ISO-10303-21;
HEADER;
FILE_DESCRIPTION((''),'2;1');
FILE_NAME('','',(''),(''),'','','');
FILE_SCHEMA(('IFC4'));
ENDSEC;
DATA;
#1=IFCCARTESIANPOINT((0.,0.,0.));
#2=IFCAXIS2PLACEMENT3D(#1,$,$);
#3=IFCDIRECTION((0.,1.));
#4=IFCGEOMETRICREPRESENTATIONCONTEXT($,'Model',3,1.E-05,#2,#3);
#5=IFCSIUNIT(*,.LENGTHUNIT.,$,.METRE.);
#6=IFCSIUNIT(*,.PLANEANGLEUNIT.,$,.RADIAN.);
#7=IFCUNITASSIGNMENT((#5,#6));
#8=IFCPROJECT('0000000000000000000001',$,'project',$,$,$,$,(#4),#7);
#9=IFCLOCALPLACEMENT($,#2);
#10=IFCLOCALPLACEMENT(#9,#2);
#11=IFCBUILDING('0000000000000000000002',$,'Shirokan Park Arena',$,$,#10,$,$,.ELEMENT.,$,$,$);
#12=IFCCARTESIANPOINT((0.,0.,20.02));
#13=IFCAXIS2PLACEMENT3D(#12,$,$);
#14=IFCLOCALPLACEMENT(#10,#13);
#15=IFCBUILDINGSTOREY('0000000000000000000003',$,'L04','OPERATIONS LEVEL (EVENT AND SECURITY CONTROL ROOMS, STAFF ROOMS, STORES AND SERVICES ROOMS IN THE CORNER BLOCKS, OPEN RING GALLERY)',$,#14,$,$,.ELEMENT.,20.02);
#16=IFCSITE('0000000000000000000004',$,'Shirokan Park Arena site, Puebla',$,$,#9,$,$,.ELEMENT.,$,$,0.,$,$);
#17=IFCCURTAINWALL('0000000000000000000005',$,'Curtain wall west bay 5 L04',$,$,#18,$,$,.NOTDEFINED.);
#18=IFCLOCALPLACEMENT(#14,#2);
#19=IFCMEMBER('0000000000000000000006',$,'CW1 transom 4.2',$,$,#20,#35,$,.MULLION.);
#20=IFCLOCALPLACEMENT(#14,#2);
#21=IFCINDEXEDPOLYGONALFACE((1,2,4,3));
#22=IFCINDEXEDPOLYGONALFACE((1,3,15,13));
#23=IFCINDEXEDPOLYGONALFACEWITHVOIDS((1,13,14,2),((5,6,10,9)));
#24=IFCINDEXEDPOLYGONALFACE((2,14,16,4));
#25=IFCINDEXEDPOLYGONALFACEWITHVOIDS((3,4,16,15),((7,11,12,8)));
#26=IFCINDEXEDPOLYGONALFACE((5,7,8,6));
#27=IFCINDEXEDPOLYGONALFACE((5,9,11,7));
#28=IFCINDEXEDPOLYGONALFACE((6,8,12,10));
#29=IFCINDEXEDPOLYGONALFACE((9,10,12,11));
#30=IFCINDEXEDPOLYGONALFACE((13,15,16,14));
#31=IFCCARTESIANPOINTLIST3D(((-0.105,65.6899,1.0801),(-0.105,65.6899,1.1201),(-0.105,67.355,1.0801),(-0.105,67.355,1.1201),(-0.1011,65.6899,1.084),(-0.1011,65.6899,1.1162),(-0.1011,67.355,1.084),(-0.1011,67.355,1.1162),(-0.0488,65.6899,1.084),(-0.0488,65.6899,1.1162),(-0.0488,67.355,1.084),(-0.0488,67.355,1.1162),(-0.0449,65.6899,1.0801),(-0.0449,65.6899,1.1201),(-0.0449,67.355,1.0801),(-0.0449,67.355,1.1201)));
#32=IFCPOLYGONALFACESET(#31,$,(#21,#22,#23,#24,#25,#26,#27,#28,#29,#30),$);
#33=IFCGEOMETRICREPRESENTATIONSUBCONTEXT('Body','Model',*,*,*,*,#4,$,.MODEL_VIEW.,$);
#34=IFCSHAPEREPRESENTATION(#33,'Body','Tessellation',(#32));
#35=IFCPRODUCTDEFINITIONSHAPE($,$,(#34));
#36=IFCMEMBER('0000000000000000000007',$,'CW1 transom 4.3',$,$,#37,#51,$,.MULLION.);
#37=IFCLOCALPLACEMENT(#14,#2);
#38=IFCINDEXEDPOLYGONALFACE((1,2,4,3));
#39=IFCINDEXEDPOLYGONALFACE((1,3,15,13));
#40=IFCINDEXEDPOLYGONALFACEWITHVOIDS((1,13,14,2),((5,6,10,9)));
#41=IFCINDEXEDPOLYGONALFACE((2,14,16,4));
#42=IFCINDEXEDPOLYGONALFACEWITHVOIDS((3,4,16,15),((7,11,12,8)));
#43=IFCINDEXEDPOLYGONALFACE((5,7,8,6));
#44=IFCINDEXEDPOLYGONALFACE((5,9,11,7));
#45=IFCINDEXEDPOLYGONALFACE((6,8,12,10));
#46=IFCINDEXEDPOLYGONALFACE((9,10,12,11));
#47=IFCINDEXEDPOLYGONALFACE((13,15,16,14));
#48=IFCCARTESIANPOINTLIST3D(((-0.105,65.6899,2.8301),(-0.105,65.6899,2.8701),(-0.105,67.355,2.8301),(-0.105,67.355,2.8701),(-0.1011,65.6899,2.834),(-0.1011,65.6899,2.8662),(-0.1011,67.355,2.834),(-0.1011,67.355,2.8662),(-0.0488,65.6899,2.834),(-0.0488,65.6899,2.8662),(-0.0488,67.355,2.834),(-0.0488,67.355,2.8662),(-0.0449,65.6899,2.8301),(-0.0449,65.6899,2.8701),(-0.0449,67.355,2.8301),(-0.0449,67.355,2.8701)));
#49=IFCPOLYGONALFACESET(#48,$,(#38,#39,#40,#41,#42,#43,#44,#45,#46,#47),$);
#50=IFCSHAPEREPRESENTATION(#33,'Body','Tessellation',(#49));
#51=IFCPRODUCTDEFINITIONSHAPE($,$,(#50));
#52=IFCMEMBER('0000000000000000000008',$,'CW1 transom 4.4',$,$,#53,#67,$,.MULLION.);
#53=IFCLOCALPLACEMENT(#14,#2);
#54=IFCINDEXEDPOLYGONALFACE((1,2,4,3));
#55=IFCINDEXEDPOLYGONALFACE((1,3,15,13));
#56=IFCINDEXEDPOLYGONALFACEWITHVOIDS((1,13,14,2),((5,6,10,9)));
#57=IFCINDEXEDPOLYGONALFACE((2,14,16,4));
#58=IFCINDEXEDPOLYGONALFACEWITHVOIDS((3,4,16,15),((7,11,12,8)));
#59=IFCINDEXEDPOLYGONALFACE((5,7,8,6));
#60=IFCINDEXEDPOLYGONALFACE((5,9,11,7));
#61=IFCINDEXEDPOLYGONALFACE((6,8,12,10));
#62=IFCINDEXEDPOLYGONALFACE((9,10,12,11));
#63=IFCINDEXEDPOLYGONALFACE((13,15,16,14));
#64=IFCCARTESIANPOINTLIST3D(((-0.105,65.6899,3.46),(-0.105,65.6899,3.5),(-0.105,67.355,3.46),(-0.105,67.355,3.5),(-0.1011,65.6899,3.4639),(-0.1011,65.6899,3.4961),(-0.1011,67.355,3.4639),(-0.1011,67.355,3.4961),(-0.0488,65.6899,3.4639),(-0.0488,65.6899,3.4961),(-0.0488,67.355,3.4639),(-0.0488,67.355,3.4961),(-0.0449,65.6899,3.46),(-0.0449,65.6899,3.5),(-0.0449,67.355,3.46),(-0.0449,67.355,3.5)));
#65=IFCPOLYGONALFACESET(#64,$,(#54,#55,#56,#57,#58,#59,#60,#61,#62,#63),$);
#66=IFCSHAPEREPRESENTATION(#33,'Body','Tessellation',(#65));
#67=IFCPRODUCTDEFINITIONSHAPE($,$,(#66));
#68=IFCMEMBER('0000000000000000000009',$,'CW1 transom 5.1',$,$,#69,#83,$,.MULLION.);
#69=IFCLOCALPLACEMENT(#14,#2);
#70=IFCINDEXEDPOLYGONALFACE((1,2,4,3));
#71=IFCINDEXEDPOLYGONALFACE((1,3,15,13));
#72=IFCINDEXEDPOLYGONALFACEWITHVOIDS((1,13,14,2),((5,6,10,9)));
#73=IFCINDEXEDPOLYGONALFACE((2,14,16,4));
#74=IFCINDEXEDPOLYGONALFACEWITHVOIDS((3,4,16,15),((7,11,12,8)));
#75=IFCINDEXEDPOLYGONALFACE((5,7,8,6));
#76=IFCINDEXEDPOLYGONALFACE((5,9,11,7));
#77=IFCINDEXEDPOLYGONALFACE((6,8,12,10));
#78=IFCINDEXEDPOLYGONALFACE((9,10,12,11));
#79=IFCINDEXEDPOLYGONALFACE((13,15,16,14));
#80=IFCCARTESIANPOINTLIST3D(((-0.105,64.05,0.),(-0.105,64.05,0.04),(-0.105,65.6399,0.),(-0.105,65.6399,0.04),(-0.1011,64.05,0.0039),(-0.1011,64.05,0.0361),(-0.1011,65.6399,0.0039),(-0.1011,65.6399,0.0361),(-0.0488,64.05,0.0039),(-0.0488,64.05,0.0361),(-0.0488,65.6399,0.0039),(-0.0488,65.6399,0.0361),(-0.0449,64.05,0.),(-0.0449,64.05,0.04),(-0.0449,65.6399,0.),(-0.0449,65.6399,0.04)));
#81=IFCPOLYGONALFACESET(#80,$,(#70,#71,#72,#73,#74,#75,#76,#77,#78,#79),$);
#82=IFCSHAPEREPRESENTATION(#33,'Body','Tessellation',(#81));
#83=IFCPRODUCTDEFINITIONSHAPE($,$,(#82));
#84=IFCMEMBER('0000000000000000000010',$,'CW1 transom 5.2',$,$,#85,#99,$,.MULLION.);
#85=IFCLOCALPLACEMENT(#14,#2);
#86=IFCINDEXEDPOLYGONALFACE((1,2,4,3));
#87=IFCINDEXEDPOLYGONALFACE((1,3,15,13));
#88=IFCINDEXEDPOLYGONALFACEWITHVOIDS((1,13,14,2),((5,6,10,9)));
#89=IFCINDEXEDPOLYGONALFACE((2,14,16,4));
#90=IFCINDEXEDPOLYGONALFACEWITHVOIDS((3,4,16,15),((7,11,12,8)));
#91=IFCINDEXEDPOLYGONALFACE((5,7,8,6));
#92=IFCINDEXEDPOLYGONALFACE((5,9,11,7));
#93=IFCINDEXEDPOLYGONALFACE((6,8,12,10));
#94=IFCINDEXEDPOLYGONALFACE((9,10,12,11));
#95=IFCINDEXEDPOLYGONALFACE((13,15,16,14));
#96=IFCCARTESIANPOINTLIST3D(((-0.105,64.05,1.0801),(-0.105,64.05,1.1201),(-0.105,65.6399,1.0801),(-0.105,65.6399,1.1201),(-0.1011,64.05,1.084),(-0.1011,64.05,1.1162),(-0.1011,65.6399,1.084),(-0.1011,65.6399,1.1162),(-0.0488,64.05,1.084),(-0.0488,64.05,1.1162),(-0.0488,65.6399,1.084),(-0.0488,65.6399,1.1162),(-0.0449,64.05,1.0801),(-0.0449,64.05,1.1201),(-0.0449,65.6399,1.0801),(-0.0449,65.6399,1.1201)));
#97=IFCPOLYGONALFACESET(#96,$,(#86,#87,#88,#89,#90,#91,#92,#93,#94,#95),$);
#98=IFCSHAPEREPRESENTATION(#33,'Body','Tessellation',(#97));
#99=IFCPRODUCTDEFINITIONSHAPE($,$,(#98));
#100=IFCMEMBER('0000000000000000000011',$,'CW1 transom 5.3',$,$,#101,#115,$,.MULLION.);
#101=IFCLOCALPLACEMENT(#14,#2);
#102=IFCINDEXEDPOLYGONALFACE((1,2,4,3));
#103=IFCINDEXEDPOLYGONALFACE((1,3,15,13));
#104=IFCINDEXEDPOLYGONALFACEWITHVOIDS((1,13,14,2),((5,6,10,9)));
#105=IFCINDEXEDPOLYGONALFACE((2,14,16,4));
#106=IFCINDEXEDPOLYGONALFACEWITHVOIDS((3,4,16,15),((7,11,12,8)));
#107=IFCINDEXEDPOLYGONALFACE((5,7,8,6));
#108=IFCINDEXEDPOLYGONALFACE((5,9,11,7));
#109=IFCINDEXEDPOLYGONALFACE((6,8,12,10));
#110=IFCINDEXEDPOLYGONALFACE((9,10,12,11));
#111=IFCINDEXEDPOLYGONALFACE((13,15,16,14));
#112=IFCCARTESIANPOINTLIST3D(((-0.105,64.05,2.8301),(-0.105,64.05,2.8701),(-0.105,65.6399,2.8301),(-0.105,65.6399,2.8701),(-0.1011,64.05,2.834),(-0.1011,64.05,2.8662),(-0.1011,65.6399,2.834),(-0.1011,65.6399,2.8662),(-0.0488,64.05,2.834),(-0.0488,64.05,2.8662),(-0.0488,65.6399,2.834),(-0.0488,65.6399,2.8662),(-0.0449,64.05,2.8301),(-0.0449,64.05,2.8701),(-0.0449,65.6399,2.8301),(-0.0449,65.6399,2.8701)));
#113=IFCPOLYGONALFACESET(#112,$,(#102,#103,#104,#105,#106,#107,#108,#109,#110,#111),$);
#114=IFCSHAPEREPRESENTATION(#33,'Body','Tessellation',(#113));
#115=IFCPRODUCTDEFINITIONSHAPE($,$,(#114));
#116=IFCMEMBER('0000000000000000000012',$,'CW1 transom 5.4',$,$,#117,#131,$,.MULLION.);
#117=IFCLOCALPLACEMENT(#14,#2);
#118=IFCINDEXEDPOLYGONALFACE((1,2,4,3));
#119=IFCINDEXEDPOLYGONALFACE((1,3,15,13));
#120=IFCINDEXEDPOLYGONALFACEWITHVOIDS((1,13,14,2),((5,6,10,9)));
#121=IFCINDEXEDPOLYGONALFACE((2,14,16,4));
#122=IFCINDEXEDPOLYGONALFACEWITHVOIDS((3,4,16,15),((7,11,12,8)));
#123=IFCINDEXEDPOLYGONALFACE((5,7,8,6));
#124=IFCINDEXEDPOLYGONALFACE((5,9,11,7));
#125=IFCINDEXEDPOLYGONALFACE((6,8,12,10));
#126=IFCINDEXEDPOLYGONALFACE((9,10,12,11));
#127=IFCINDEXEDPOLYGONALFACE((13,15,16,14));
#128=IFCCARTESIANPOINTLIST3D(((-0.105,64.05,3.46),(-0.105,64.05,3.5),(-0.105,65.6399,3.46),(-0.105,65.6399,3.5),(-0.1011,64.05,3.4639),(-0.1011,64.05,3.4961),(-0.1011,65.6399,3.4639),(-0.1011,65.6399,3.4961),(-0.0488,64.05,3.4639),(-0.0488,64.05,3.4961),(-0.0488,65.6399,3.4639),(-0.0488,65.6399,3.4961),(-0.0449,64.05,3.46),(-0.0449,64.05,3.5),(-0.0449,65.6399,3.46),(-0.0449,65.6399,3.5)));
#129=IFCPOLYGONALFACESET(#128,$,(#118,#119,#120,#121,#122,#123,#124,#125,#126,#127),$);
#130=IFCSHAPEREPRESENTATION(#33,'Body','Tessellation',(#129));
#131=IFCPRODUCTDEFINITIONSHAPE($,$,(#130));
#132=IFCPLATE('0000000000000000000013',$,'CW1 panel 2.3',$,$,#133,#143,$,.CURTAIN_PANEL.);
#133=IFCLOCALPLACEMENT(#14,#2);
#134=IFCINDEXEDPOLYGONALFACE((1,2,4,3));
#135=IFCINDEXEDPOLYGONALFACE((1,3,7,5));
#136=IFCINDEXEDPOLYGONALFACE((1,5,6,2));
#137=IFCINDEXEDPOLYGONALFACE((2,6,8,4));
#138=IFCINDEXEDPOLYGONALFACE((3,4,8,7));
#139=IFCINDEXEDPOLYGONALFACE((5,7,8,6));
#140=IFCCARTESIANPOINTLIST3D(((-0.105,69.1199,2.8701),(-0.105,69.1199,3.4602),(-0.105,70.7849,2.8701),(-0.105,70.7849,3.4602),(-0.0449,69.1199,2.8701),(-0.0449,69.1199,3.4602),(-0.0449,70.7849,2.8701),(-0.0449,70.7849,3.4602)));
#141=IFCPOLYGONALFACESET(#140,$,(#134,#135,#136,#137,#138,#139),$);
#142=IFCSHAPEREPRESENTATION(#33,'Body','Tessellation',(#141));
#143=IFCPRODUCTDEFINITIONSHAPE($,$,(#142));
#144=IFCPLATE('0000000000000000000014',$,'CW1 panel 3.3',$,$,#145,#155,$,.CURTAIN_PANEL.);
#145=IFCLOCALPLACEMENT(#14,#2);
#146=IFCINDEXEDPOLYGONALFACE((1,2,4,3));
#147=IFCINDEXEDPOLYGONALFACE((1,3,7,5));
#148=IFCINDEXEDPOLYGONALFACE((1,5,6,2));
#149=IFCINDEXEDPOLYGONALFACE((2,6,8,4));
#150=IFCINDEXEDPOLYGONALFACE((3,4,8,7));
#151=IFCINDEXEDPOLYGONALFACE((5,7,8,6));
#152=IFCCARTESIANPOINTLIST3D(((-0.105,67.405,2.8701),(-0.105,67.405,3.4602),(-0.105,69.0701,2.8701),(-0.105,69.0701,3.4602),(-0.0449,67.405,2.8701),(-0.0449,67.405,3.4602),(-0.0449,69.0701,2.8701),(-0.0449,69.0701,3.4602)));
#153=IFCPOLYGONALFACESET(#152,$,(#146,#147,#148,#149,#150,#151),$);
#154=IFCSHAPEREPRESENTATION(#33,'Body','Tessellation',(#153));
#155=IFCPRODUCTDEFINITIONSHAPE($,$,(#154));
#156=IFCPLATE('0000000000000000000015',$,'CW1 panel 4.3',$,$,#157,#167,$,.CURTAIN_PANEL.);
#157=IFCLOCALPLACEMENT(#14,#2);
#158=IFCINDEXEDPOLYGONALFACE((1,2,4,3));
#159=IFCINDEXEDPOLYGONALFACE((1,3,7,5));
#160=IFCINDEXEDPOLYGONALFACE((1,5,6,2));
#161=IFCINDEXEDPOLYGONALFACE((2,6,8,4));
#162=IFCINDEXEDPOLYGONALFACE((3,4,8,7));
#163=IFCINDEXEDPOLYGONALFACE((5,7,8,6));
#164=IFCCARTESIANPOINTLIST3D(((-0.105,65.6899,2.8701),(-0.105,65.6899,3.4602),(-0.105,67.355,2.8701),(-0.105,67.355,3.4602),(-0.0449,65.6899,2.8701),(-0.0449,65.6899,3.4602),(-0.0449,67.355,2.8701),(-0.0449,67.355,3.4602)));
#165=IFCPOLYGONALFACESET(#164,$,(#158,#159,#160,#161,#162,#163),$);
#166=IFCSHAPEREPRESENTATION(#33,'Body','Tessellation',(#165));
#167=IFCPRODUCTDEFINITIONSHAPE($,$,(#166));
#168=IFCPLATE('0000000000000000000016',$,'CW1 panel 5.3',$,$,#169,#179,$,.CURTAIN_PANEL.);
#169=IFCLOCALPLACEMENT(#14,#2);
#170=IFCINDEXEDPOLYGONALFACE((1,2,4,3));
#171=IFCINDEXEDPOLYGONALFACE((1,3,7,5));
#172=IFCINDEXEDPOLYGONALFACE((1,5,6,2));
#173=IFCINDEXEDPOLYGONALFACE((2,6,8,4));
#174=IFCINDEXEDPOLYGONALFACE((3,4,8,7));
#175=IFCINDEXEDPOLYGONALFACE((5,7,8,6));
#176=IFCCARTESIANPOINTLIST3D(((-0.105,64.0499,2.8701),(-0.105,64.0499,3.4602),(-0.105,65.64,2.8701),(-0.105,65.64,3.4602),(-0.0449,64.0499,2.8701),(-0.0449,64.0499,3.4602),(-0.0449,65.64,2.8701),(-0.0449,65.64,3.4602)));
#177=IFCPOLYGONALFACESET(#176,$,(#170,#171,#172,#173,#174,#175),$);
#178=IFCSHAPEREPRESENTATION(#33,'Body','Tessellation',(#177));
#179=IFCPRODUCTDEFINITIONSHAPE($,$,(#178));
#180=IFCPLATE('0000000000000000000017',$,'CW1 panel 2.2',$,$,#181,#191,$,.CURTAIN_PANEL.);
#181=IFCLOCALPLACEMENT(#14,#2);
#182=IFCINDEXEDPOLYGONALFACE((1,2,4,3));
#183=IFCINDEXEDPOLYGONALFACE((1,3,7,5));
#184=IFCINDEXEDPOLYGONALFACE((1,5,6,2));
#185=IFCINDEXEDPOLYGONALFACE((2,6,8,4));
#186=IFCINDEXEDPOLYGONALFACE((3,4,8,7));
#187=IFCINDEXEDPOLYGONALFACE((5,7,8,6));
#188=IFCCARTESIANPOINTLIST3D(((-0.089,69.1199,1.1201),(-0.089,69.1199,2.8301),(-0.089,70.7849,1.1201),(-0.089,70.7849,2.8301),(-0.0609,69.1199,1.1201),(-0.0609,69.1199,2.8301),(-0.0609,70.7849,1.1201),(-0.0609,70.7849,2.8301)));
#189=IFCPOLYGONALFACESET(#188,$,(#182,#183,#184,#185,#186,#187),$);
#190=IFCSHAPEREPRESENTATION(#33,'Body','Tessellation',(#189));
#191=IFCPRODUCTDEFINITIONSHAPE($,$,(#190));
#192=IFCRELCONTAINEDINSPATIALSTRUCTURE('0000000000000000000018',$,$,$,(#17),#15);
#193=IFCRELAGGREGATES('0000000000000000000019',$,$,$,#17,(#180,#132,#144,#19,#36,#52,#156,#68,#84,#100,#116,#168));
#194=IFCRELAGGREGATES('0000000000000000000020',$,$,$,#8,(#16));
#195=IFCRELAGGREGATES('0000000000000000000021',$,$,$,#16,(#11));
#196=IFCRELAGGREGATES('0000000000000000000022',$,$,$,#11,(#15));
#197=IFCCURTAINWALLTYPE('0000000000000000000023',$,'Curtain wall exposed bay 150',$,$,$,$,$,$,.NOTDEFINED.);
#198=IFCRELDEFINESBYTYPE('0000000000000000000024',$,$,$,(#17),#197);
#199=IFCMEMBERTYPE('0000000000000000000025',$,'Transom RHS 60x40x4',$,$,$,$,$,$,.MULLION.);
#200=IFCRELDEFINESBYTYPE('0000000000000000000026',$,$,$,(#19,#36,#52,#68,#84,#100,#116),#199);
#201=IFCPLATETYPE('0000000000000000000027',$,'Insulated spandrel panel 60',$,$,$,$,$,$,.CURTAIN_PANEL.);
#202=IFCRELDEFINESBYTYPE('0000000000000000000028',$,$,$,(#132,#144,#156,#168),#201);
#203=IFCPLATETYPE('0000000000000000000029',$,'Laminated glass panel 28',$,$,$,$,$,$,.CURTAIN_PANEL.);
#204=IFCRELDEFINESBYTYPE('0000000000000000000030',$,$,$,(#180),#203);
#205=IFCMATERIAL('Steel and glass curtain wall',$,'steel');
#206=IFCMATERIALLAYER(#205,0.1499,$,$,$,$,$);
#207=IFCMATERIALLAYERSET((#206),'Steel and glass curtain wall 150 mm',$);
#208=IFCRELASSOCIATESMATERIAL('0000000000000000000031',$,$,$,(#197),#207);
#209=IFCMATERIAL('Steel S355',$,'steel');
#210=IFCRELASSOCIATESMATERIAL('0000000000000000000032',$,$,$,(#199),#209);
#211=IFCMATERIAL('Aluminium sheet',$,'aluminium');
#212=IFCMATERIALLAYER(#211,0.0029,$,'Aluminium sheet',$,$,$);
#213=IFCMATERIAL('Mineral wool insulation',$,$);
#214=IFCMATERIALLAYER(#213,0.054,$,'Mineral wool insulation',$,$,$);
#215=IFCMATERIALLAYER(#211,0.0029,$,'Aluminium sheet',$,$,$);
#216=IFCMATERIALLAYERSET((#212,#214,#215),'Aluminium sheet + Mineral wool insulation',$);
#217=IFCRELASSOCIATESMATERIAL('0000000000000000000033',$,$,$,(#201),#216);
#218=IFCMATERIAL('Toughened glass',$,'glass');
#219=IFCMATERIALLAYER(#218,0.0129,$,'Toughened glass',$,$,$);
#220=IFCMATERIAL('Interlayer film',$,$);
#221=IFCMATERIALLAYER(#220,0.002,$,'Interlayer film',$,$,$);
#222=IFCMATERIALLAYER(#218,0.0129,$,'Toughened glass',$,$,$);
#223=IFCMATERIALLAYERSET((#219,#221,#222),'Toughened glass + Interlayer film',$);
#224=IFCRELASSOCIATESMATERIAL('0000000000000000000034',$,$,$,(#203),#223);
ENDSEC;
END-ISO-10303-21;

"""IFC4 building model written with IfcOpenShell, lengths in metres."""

from ifc_helpers import new_model, si_unit, direction, frame, origin, origin_2d, place, context, subcontext, project, spatial, rectangle, hollow_rectangle, extrude, material, layer, layer_set, material_profile, profile_set, type_object, element, aggregate, save


model = new_model("IFC4")

# Units and contexts
model_context = context("Model", 3, precision=1e-05, world=origin(), true_north=direction((0.0, 1.0)))
body_context = subcontext(model_context, "Body", "Model", "MODEL_VIEW")
ifc_project = project(units=[si_unit("LENGTHUNIT", "METRE"), si_unit("PLANEANGLEUNIT", "RADIAN")], contexts=[model_context])

# Site, building, storey
site_placement = place(None, origin())
site = spatial("IfcSite", under=ifc_project, at=site_placement, Name="Shirokan Park Arena site, Puebla", CompositionType="ELEMENT", RefElevation=0.0)
building_placement = place(site_placement, origin())
building = spatial("IfcBuilding", under=site, at=building_placement, Name="Shirokan Park Arena", CompositionType="ELEMENT")
storey_placement = place(building_placement, frame((0.0, 0.0, 20.02)))
storey = spatial("IfcBuildingStorey", under=building, at=storey_placement, Name="L04", Description="OPERATIONS LEVEL (EVENT AND SECURITY CONTROL ROOMS, STAFF ROOMS, STORES AND SERVICES ROOMS IN THE CORNER BLOCKS, OPEN RING GALLERY)", CompositionType="ELEMENT", Elevation=20.02)

# Shared definitions
ifc_material_1 = material(Name="Steel and glass curtain wall", Category="steel")
ifc_material_2 = material(Name="Steel S355", Category="steel")

# Curtain wall, members, plates
ifc_layer_1 = layer(ifc_material_1, 0.1499)
ifc_layer_set_1 = layer_set([ifc_layer_1], Name="Steel and glass curtain wall 150 mm")
curtain_wall_type_1 = type_object("IfcCurtainWallType", Name="Curtain wall exposed bay 150", PredefinedType="NOTDEFINED", material=ifc_layer_set_1)
curtain_wall_1_placement = place(storey_placement, origin())
curtain_wall_1 = element("IfcCurtainWall", 1, at=curtain_wall_1_placement, inside=storey, type_object=curtain_wall_type_1, Name="Curtain wall west bay 5 L04", PredefinedType="NOTDEFINED")
ifc_material_profile_1 = material_profile(ifc_material_2, hollow_rectangle(XDim=0.0601, YDim=0.04, WallThickness=0.0039, at=origin_2d()), Name="RHS 60x40x4")
ifc_profile_set_1 = profile_set([ifc_material_profile_1], Name="Steel S355")
member_type_1 = type_object("IfcMemberType", Name="Transom RHS 60x40x4", PredefinedType="MULLION", material=ifc_profile_set_1)
member_1_placement = place(storey_placement, frame((-0.075, 67.355, 1.1001), z_axis=(0.0, -1.0, 0.0), x_axis=(1.0, 0.0, 0.0)))
member_1 = element("IfcMember", 2, at=member_1_placement, type_object=member_type_1, Name="CW1 transom 4.2", PredefinedType="MULLION", context=body_context, shape_type="SweptSolid", body=[
    extrude(hollow_rectangle(XDim=0.0601, YDim=0.04, WallThickness=0.0039, at=origin_2d()), origin(), (0.0, 0.0, 1.0), 1.665),
])
member_2_placement = place(storey_placement, frame((-0.075, 67.355, 2.8501), z_axis=(0.0, -1.0, 0.0), x_axis=(1.0, 0.0, 0.0)))
member_2 = element("IfcMember", 3, at=member_2_placement, type_object=member_type_1, Name="CW1 transom 4.3", PredefinedType="MULLION", context=body_context, shape_type="SweptSolid", body=[
    extrude(hollow_rectangle(XDim=0.0601, YDim=0.04, WallThickness=0.0039, at=origin_2d()), origin(), (0.0, 0.0, 1.0), 1.665),
])
member_3_placement = place(storey_placement, frame((-0.075, 67.355, 3.48), z_axis=(0.0, -1.0, 0.0), x_axis=(1.0, 0.0, 0.0)))
member_3 = element("IfcMember", 4, at=member_3_placement, type_object=member_type_1, Name="CW1 transom 4.4", PredefinedType="MULLION", context=body_context, shape_type="SweptSolid", body=[
    extrude(hollow_rectangle(XDim=0.0601, YDim=0.04, WallThickness=0.0039, at=origin_2d()), origin(), (0.0, 0.0, 1.0), 1.665),
])
member_4_placement = place(storey_placement, frame((-0.075, 65.6399, 0.02), z_axis=(0.0, -1.0, 0.0), x_axis=(1.0, 0.0, 0.0)))
member_4 = element("IfcMember", 5, at=member_4_placement, type_object=member_type_1, Name="CW1 transom 5.1", PredefinedType="MULLION", context=body_context, shape_type="SweptSolid", body=[
    extrude(hollow_rectangle(XDim=0.0601, YDim=0.04, WallThickness=0.0039, at=origin_2d()), origin(), (0.0, 0.0, 1.0), 1.5898),
])
member_5_placement = place(storey_placement, frame((-0.075, 65.6399, 1.1001), z_axis=(0.0, -1.0, 0.0), x_axis=(1.0, 0.0, 0.0)))
member_5 = element("IfcMember", 6, at=member_5_placement, type_object=member_type_1, Name="CW1 transom 5.2", PredefinedType="MULLION", context=body_context, shape_type="SweptSolid", body=[
    extrude(hollow_rectangle(XDim=0.0601, YDim=0.04, WallThickness=0.0039, at=origin_2d()), origin(), (0.0, 0.0, 1.0), 1.5898),
])
member_6_placement = place(storey_placement, frame((-0.075, 65.6399, 2.8501), z_axis=(0.0, -1.0, 0.0), x_axis=(1.0, 0.0, 0.0)))
member_6 = element("IfcMember", 7, at=member_6_placement, type_object=member_type_1, Name="CW1 transom 5.3", PredefinedType="MULLION", context=body_context, shape_type="SweptSolid", body=[
    extrude(hollow_rectangle(XDim=0.0601, YDim=0.04, WallThickness=0.0039, at=origin_2d()), origin(), (0.0, 0.0, 1.0), 1.5898),
])
member_7_placement = place(storey_placement, frame((-0.075, 65.6399, 3.48), z_axis=(0.0, -1.0, 0.0), x_axis=(1.0, 0.0, 0.0)))
member_7 = element("IfcMember", 8, at=member_7_placement, type_object=member_type_1, Name="CW1 transom 5.4", PredefinedType="MULLION", context=body_context, shape_type="SweptSolid", body=[
    extrude(hollow_rectangle(XDim=0.0601, YDim=0.04, WallThickness=0.0039, at=origin_2d()), origin(), (0.0, 0.0, 1.0), 1.5898),
])
ifc_material_3 = material(Name="Aluminium sheet", Category="aluminium")
ifc_layer_2 = layer(ifc_material_3, 0.0029, Name="Aluminium sheet")
ifc_material_4 = material(Name="Mineral wool insulation")
ifc_layer_3 = layer(ifc_material_4, 0.054, Name="Mineral wool insulation")
ifc_layer_4 = layer(ifc_material_3, 0.0029, Name="Aluminium sheet")
ifc_layer_set_2 = layer_set([ifc_layer_2, ifc_layer_3, ifc_layer_4], Name="Aluminium sheet + Mineral wool insulation")
plate_type_1 = type_object("IfcPlateType", Name="Insulated spandrel panel 60", PredefinedType="CURTAIN_PANEL", material=ifc_layer_set_2)
plate_1_placement = place(storey_placement, frame((-0.075, 69.9524, 2.8701), z_axis=(0.0, 0.0, 1.0), x_axis=(0.0, -1.0, 0.0)))
plate_1 = element("IfcPlate", 9, at=plate_1_placement, type_object=plate_type_1, Name="CW1 panel 2.3", PredefinedType="CURTAIN_PANEL", context=body_context, shape_type="SweptSolid", body=[
    extrude(rectangle(XDim=1.665, YDim=0.0601, at=origin_2d()), origin(), (0.0, 0.0, 1.0), 0.5901),
])
plate_2_placement = place(storey_placement, frame((-0.075, 68.2375, 2.8701), z_axis=(0.0, 0.0, 1.0), x_axis=(0.0, -1.0, 0.0)))
plate_2 = element("IfcPlate", 10, at=plate_2_placement, type_object=plate_type_1, Name="CW1 panel 3.3", PredefinedType="CURTAIN_PANEL", context=body_context, shape_type="SweptSolid", body=[
    extrude(rectangle(XDim=1.665, YDim=0.0601, at=origin_2d()), origin(), (0.0, 0.0, 1.0), 0.5901),
])
plate_3_placement = place(storey_placement, frame((-0.075, 66.5225, 2.8701), z_axis=(0.0, 0.0, 1.0), x_axis=(0.0, -1.0, 0.0)))
plate_3 = element("IfcPlate", 11, at=plate_3_placement, type_object=plate_type_1, Name="CW1 panel 4.3", PredefinedType="CURTAIN_PANEL", context=body_context, shape_type="SweptSolid", body=[
    extrude(rectangle(XDim=1.665, YDim=0.0601, at=origin_2d()), origin(), (0.0, 0.0, 1.0), 0.5901),
])
plate_4_placement = place(storey_placement, frame((-0.075, 64.845, 2.8701), z_axis=(0.0, 0.0, 1.0), x_axis=(0.0, -1.0, 0.0)))
plate_4 = element("IfcPlate", 12, at=plate_4_placement, type_object=plate_type_1, Name="CW1 panel 5.3", PredefinedType="CURTAIN_PANEL", context=body_context, shape_type="SweptSolid", body=[
    extrude(rectangle(XDim=1.5901, YDim=0.0601, at=origin_2d()), origin(), (0.0, 0.0, 1.0), 0.5901),
])
ifc_material_5 = material(Name="Toughened glass", Category="glass")
ifc_layer_5 = layer(ifc_material_5, 0.0129, Name="Toughened glass")
ifc_material_6 = material(Name="Interlayer film")
ifc_layer_6 = layer(ifc_material_6, 0.002, Name="Interlayer film")
ifc_layer_7 = layer(ifc_material_5, 0.0129, Name="Toughened glass")
ifc_layer_set_3 = layer_set([ifc_layer_5, ifc_layer_6, ifc_layer_7], Name="Toughened glass + Interlayer film")
plate_type_2 = type_object("IfcPlateType", Name="Laminated glass panel 28", PredefinedType="CURTAIN_PANEL", material=ifc_layer_set_3)
plate_5_placement = place(storey_placement, frame((-0.075, 69.9524, 1.1201), z_axis=(0.0, 0.0, 1.0), x_axis=(0.0, -1.0, 0.0)))
plate_5 = element("IfcPlate", 13, at=plate_5_placement, type_object=plate_type_2, Name="CW1 panel 2.2", PredefinedType="CURTAIN_PANEL", context=body_context, shape_type="SweptSolid", body=[
    extrude(rectangle(XDim=1.665, YDim=0.0281, at=origin_2d()), origin(), (0.0, 0.0, 1.0), 1.71),
])
aggregate(curtain_wall_1, [plate_5, plate_1, plate_2, member_1, member_2, member_3, plate_3, member_4, member_5, member_6, member_7, plate_4])

save(model, "model.ifc")
